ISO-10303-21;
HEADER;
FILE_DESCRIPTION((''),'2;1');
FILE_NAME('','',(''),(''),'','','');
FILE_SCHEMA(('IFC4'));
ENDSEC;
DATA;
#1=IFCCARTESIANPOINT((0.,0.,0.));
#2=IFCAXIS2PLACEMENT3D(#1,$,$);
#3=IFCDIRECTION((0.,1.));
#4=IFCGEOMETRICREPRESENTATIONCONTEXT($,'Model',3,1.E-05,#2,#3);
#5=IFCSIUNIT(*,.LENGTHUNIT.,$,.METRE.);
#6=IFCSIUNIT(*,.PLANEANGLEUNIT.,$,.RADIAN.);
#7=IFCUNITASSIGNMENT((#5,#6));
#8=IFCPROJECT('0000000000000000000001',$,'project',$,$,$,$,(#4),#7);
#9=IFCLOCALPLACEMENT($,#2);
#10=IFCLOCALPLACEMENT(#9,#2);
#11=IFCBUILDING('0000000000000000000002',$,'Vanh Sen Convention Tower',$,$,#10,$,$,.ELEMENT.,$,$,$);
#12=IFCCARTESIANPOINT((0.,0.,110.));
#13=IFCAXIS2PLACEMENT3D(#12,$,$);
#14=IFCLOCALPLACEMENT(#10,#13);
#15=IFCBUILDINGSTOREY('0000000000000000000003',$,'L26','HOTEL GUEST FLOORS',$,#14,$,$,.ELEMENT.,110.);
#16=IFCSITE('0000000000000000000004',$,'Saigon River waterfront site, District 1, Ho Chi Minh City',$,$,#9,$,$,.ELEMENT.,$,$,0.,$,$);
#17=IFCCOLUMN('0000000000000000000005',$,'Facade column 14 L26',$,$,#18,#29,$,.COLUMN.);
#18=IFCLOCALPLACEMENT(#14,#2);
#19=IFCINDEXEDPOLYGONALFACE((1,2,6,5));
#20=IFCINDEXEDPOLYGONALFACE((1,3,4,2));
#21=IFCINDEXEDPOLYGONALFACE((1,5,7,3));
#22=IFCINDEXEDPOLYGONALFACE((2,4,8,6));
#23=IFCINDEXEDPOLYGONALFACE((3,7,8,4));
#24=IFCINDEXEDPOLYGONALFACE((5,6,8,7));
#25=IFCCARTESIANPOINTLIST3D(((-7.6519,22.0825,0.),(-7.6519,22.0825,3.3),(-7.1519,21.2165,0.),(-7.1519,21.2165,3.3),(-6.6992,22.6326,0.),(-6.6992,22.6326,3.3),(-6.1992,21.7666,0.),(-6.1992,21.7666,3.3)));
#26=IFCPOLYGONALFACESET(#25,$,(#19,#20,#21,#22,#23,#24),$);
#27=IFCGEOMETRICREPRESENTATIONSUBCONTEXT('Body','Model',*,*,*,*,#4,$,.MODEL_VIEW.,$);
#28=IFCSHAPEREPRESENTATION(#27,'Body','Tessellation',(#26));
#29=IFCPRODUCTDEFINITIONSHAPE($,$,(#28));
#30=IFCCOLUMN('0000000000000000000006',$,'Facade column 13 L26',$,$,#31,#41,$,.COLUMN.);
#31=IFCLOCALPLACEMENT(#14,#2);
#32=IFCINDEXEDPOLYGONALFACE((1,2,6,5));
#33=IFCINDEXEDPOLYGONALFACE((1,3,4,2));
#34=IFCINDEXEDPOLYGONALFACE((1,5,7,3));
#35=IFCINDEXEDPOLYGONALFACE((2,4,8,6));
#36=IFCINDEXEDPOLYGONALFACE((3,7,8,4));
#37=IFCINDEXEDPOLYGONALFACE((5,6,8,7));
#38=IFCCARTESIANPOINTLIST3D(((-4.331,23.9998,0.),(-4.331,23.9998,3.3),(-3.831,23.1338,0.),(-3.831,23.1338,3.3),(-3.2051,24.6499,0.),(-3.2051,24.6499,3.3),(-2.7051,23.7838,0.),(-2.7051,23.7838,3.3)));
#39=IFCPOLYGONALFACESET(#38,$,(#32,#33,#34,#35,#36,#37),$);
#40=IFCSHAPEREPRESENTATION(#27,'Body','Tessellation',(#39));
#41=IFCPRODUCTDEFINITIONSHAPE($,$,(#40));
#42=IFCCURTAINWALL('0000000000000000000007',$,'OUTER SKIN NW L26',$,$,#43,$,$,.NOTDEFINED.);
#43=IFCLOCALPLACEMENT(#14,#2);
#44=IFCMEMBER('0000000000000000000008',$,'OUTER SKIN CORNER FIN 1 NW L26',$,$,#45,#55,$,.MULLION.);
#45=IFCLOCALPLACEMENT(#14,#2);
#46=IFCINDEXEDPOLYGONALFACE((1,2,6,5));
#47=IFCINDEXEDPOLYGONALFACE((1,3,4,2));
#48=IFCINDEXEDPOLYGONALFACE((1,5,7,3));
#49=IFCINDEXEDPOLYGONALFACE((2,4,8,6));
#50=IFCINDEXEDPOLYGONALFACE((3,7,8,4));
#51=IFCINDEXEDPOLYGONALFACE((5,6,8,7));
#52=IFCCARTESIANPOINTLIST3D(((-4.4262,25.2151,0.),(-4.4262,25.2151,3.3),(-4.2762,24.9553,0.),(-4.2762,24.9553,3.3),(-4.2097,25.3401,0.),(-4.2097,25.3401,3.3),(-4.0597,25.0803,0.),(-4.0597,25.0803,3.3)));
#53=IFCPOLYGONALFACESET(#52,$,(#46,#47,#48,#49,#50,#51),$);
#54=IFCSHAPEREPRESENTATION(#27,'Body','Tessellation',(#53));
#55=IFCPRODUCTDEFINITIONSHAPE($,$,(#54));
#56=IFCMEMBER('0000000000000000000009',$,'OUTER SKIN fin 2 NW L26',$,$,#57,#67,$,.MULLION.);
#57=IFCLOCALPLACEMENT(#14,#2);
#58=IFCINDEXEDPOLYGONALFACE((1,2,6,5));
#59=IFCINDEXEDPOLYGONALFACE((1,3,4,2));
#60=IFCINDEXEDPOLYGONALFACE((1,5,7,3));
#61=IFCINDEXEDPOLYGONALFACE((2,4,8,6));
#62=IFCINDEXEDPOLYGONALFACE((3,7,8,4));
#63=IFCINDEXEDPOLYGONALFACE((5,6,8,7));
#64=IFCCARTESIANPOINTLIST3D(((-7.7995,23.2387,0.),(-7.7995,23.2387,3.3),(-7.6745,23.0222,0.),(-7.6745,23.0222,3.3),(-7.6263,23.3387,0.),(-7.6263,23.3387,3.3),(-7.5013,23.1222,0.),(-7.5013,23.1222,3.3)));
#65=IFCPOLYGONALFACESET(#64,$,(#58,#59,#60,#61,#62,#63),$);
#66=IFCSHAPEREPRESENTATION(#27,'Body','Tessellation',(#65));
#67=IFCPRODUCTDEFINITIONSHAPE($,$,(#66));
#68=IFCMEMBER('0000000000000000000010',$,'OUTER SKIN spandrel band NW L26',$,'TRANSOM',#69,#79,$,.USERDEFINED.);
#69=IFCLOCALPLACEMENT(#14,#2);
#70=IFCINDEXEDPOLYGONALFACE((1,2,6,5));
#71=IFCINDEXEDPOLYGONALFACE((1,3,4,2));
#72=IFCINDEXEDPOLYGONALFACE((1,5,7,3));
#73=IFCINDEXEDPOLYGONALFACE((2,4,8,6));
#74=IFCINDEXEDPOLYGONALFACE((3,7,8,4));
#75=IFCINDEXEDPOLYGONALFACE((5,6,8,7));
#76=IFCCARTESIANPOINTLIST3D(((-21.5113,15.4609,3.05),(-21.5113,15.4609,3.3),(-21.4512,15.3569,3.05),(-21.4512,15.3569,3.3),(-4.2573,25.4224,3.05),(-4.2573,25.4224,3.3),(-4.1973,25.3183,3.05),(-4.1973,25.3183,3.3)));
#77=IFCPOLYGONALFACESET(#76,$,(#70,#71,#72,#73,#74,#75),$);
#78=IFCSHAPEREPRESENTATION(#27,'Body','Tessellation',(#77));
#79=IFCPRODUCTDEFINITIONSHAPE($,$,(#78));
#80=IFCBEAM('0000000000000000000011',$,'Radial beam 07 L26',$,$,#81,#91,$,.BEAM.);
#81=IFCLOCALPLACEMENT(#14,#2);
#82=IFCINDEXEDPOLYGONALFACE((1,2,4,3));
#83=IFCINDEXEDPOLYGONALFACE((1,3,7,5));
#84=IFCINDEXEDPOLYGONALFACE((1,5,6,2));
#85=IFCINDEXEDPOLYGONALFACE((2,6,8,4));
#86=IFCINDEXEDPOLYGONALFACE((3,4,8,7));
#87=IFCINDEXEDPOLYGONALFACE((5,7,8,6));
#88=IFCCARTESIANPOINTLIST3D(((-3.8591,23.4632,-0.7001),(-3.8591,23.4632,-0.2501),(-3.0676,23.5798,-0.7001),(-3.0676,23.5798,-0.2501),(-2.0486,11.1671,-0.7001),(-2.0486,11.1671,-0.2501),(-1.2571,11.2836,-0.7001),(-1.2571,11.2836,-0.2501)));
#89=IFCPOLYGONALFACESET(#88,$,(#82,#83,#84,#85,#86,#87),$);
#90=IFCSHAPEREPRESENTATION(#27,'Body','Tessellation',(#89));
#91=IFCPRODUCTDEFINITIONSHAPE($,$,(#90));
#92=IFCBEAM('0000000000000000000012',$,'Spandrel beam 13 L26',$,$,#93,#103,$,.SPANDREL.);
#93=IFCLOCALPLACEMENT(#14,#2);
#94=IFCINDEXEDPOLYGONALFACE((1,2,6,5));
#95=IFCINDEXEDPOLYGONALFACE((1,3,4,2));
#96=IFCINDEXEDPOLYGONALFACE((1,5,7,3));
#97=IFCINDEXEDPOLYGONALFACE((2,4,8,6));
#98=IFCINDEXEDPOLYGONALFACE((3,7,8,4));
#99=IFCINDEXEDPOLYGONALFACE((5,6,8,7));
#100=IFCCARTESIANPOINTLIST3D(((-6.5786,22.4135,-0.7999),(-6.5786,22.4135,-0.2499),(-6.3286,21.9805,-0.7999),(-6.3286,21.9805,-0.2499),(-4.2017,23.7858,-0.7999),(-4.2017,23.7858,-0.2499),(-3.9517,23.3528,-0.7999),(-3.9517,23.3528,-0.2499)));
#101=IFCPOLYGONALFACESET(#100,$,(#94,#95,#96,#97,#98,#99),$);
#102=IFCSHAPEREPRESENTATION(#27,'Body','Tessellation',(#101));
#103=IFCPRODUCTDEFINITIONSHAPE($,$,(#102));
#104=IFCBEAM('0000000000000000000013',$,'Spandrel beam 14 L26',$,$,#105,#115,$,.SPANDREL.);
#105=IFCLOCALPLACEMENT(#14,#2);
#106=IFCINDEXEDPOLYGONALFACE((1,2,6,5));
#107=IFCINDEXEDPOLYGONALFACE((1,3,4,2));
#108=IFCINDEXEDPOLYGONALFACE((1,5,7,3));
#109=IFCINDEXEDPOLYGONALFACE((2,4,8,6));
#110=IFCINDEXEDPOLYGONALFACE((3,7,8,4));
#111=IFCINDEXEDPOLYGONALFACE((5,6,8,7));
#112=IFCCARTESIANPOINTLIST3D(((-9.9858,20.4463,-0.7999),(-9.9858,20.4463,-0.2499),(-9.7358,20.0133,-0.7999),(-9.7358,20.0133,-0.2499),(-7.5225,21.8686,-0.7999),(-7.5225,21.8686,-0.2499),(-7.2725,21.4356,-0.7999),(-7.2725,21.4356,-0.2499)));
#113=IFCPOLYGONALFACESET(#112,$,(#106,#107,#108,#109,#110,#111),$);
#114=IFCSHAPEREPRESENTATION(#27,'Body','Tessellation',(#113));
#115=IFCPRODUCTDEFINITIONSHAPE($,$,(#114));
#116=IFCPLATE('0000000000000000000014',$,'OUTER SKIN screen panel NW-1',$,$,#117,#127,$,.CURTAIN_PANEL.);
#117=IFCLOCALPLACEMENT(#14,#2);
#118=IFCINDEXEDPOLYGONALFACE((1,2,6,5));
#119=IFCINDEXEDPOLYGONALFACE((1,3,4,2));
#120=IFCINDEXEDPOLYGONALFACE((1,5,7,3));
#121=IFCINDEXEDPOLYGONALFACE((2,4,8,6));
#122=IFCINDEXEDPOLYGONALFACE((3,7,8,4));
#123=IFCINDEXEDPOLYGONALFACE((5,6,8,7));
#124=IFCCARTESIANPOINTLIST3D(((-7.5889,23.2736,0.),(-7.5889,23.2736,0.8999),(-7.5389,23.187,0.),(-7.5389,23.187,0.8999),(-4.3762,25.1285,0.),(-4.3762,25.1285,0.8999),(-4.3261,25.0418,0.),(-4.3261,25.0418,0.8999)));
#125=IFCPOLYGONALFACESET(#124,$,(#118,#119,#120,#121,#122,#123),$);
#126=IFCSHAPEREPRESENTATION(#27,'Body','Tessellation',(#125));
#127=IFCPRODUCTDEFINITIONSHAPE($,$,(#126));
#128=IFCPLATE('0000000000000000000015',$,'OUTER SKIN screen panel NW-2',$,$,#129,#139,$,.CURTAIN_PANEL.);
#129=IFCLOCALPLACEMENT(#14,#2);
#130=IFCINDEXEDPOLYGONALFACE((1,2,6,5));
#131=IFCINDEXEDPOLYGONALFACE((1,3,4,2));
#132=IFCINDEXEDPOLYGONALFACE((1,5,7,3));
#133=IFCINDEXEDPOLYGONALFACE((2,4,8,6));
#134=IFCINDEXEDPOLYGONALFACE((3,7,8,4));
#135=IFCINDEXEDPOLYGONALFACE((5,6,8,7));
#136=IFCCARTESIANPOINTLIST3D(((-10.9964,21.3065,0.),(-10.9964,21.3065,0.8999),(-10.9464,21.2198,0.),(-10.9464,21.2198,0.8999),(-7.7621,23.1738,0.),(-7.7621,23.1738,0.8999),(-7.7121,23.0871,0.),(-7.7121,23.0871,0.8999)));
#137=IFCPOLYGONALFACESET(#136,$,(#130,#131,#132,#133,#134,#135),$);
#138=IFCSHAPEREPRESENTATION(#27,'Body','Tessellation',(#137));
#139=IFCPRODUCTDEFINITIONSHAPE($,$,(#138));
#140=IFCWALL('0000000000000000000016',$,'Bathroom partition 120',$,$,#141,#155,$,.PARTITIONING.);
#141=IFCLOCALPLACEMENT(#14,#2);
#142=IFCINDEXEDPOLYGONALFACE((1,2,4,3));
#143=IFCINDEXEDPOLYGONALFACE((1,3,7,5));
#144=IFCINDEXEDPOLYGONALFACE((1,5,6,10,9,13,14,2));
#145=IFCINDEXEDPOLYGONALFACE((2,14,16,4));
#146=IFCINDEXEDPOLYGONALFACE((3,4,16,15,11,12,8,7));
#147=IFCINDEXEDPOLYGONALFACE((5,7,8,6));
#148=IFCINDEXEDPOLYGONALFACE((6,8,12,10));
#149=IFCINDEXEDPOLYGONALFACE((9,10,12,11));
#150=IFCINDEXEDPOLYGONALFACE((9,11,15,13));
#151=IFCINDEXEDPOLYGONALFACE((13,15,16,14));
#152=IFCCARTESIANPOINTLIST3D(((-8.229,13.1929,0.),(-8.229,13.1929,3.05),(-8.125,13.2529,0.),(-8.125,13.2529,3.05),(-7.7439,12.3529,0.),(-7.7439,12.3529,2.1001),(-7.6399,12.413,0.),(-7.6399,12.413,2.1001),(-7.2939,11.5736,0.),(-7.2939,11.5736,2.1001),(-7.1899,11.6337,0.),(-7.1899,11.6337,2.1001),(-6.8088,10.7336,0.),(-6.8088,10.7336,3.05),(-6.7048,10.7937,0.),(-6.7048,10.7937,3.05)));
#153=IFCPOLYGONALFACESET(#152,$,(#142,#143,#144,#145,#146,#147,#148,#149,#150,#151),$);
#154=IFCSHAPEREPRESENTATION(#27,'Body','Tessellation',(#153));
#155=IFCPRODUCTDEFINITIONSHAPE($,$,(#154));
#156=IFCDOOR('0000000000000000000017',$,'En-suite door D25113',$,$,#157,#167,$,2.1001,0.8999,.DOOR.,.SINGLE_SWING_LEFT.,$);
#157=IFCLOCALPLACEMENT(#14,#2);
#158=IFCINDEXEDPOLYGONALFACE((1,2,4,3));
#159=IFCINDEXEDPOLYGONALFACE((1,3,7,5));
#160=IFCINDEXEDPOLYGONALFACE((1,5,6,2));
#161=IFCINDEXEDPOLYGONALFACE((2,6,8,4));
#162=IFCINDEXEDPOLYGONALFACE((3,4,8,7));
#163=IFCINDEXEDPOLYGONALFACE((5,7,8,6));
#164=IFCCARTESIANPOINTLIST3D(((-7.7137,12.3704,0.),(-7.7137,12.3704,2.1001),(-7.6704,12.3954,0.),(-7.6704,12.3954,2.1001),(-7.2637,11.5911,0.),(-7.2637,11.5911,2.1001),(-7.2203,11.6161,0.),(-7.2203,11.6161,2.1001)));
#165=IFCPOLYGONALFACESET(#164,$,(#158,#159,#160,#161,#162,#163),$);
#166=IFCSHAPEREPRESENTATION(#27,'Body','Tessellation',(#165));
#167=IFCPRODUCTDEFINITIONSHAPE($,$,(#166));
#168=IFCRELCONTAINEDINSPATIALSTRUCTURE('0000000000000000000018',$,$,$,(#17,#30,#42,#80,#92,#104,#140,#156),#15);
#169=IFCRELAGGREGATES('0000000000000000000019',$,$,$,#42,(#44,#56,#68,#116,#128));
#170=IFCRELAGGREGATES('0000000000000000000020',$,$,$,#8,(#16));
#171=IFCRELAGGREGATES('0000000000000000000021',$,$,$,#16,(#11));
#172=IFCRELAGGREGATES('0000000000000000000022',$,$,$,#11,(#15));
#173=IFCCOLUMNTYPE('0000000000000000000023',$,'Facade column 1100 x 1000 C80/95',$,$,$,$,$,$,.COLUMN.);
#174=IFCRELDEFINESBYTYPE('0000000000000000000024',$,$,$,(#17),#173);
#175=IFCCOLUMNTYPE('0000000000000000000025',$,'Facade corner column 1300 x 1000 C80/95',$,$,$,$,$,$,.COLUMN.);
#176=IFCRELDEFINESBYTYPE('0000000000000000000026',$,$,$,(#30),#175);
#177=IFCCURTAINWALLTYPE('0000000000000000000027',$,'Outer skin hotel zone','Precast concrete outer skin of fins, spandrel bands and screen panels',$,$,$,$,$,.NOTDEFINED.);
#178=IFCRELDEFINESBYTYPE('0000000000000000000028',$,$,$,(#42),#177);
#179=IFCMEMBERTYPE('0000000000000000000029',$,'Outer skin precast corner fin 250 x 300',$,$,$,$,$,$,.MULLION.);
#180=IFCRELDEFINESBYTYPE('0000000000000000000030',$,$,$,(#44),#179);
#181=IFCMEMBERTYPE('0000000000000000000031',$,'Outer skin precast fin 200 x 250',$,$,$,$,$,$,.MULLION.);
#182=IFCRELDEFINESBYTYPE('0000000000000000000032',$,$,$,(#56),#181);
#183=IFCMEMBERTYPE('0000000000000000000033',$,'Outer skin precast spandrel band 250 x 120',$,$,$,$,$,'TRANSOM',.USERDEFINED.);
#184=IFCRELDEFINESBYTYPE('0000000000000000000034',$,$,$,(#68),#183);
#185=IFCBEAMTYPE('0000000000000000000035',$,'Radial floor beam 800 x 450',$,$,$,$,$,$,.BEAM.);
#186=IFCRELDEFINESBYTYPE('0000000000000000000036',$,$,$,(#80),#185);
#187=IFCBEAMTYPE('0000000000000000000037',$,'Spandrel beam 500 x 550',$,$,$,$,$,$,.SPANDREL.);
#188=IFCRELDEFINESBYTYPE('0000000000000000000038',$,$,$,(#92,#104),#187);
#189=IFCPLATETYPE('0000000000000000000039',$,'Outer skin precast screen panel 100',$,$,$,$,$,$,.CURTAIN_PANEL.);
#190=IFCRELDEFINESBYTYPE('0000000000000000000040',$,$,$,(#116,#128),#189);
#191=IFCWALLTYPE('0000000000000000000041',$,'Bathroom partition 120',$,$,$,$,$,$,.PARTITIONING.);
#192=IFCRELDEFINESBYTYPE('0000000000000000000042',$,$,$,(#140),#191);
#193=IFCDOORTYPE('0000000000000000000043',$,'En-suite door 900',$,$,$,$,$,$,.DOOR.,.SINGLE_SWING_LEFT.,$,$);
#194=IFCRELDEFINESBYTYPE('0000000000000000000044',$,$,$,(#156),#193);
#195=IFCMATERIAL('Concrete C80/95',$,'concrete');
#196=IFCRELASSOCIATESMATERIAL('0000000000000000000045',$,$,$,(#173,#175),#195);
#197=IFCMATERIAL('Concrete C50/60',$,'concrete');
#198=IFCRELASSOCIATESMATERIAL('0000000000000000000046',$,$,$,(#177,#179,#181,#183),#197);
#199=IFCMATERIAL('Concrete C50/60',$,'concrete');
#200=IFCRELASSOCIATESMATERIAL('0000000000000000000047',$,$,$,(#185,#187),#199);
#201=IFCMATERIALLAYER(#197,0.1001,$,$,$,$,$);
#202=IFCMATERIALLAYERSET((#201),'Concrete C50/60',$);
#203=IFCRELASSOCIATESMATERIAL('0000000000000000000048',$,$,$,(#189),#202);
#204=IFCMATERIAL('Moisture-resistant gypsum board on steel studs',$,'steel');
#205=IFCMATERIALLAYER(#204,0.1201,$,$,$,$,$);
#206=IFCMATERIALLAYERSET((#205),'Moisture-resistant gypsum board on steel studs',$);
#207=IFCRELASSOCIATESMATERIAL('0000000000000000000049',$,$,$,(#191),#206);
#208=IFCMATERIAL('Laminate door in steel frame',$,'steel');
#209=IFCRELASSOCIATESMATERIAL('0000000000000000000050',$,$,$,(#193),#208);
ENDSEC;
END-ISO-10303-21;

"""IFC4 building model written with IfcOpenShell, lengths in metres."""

from ifc_helpers import new_model, si_unit, direction, frame, frame_2d, origin, origin_2d, place, context, subcontext, project, spatial, rectangle, extrude, material, layer, layer_set, material_profile, profile_set, type_object, element, fill, aggregate, save


model = new_model("IFC4")

# Units and contexts
model_context = context("Model", 3, precision=1e-05, world=origin(), true_north=direction((0.0, 1.0)))
body_context = subcontext(model_context, "Body", "Model", "MODEL_VIEW")
ifc_project = project(units=[si_unit("LENGTHUNIT", "METRE"), si_unit("PLANEANGLEUNIT", "RADIAN")], contexts=[model_context])

# Site, building, storey
site_placement = place(None, origin())
site = spatial("IfcSite", under=ifc_project, at=site_placement, Name="Saigon River waterfront site, District 1, Ho Chi Minh City", CompositionType="ELEMENT", RefElevation=0.0)
building_placement = place(site_placement, origin())
building = spatial("IfcBuilding", under=site, at=building_placement, Name="Vanh Sen Convention Tower", CompositionType="ELEMENT")
storey_placement = place(building_placement, frame((0.0, 0.0, 110.0)))
storey = spatial("IfcBuildingStorey", under=building, at=storey_placement, Name="L26", Description="HOTEL GUEST FLOORS", CompositionType="ELEMENT", Elevation=110.0)

# Columns
ifc_material_1 = material(Name="Concrete C80/95", Category="concrete")
ifc_material_profile_1 = material_profile(ifc_material_1, rectangle(XDim=1.1001, YDim=1.0, at=origin_2d()), Name="RC 1100X1000")
ifc_profile_set_1 = profile_set([ifc_material_profile_1], Name="Concrete C80/95")
column_type_1 = type_object("IfcColumnType", Name="Facade column 1100 x 1000 C80/95", PredefinedType="COLUMN", material=ifc_profile_set_1)
column_1_placement = place(storey_placement, frame((-6.9255, 21.9246, 0.0), z_axis=(0.0, 0.0, 1.0), x_axis=(-0.866025, -0.5, 0.0)))
element("IfcColumn", 1, at=column_1_placement, inside=storey, type_object=column_type_1, Name="Facade column 14 L26", PredefinedType="COLUMN", context=body_context, shape_type="SweptSolid", body=[
    extrude(rectangle(XDim=1.1001, YDim=1.0, at=origin_2d()), origin(), (0.0, 0.0, 1.0), 3.3),
])
ifc_material_profile_2 = material_profile(ifc_material_1, rectangle(XDim=1.3, YDim=1.0, at=origin_2d()), Name="RC 1300X1000")
ifc_profile_set_2 = profile_set([ifc_material_profile_2], Name="Concrete C80/95")
column_type_2 = type_object("IfcColumnType", Name="Facade corner column 1300 x 1000 C80/95", PredefinedType="COLUMN", material=ifc_profile_set_2)
column_2_placement = place(storey_placement, frame((-3.5181, 23.8918, 0.0), z_axis=(0.0, 0.0, 1.0), x_axis=(-0.866025, -0.5, 0.0)))
element("IfcColumn", 2, at=column_2_placement, inside=storey, type_object=column_type_2, Name="Facade column 13 L26", PredefinedType="COLUMN", context=body_context, shape_type="SweptSolid", body=[
    extrude(rectangle(XDim=1.3, YDim=1.0, at=origin_2d()), origin(), (0.0, 0.0, 1.0), 3.3),
])

# Curtain wall, members
ifc_material_2 = material(Name="Concrete C50/60", Category="concrete")
curtain_wall_type = type_object("IfcCurtainWallType", Name="Outer skin hotel zone", Description="Precast concrete outer skin of fins, spandrel bands and screen panels", PredefinedType="NOTDEFINED", material=ifc_material_2)
curtain_wall_placement = place(storey_placement, origin())
curtain_wall = element("IfcCurtainWall", 3, at=curtain_wall_placement, inside=storey, type_object=curtain_wall_type, Name="OUTER SKIN NW L26", PredefinedType="NOTDEFINED")
ifc_material_profile_3 = material_profile(ifc_material_2, rectangle(XDim=0.25, YDim=0.3, at=origin_2d()), Name="Outer skin precast corner fin 250 x 300")
ifc_profile_set_3 = profile_set([ifc_material_profile_3], Name="Concrete C50/60")
member_type_1 = type_object("IfcMemberType", Name="Outer skin precast corner fin 250 x 300", PredefinedType="MULLION", material=ifc_profile_set_3)
member_1_placement = place(storey_placement, frame((-4.2429, 25.1477, 0.0), z_axis=(0.0, 0.0, 1.0), x_axis=(-0.866025, -0.5, 0.0)))
member_1 = element("IfcMember", 4, at=member_1_placement, type_object=member_type_1, Name="OUTER SKIN CORNER FIN 1 NW L26", PredefinedType="MULLION", context=body_context, shape_type="SweptSolid", body=[
    extrude(rectangle(XDim=0.25, YDim=0.3, at=origin_2d()), origin(), (0.0, 0.0, 1.0), 3.3),
])
ifc_material_profile_4 = material_profile(ifc_material_2, rectangle(XDim=0.2, YDim=0.25, at=origin_2d()), Name="Outer skin precast fin 200 x 250")
ifc_profile_set_4 = profile_set([ifc_material_profile_4], Name="Concrete C50/60")
member_type_2 = type_object("IfcMemberType", Name="Outer skin precast fin 200 x 250", PredefinedType="MULLION", material=ifc_profile_set_4)
member_2_placement = place(storey_placement, frame((-7.6504, 23.1804, 0.0), z_axis=(0.0, 0.0, 1.0), x_axis=(-0.866025, -0.5, 0.0)))
member_2 = element("IfcMember", 5, at=member_2_placement, type_object=member_type_2, Name="OUTER SKIN fin 2 NW L26", PredefinedType="MULLION", context=body_context, shape_type="SweptSolid", body=[
    extrude(rectangle(XDim=0.2, YDim=0.25, at=origin_2d()), origin(), (0.0, 0.0, 1.0), 3.3),
])
ifc_material_profile_5 = material_profile(ifc_material_2, rectangle(XDim=0.1201, YDim=0.25, at=origin_2d()), Name="Outer skin precast spandrel band 250 x 120")
ifc_profile_set_5 = profile_set([ifc_material_profile_5], Name="Concrete C50/60")
member_type_3 = type_object("IfcMemberType", Name="Outer skin precast spandrel band 250 x 120", ElementType="TRANSOM", PredefinedType="USERDEFINED", material=ifc_profile_set_5)
member_3_placement = place(storey_placement, frame((-4.2273, 25.3704, 3.175), z_axis=(-0.866028, -0.499995, 0.0), x_axis=(0.499995, -0.866028, 0.0)))
member_3 = element("IfcMember", 6, at=member_3_placement, type_object=member_type_3, Name="OUTER SKIN spandrel band NW L26", ObjectType="TRANSOM", PredefinedType="USERDEFINED", context=body_context, shape_type="SweptSolid", body=[
    extrude(rectangle(XDim=0.1201, YDim=0.25, at=origin_2d()), origin(), (0.0, 0.0, 1.0), 19.9231),
])

# Beams
ifc_material_3 = material(Name="Concrete C50/60", Category="concrete")
ifc_material_profile_6 = material_profile(ifc_material_3, rectangle(XDim=0.8, YDim=0.45, at=origin_2d()), Name="RC 800X450")
ifc_profile_set_6 = profile_set([ifc_material_profile_6], Name="Concrete C50/60")
beam_type_1 = type_object("IfcBeamType", Name="Radial floor beam 800 x 450", PredefinedType="BEAM", material=ifc_profile_set_6)
beam_1_placement = place(storey_placement, frame((-3.4634, 23.5215, -0.4751), z_axis=(0.145674, -0.989333, 0.0), x_axis=(0.989333, 0.145674, 0.0)))
element("IfcBeam", 7, at=beam_1_placement, inside=storey, type_object=beam_type_1, Name="Radial beam 07 L26", PredefinedType="BEAM", context=body_context, shape_type="SweptSolid", body=[
    extrude(rectangle(XDim=0.8, YDim=0.45, at=origin_2d()), origin(), (0.0, 0.0, 1.0), 12.4287),
])
ifc_material_profile_7 = material_profile(ifc_material_3, rectangle(XDim=0.5, YDim=0.55, at=origin_2d()), Name="RC 500X550")
ifc_profile_set_7 = profile_set([ifc_material_profile_7], Name="Concrete C50/60")
beam_type_2 = type_object("IfcBeamType", Name="Spandrel beam 500 x 550", PredefinedType="SPANDREL", material=ifc_profile_set_7)
beam_2_placement = place(storey_placement, frame((-4.0767, 23.5693, -0.5249), z_axis=(-0.866029, -0.499995, 0.0), x_axis=(0.499995, -0.866029, 0.0)))
element("IfcBeam", 8, at=beam_2_placement, inside=storey, type_object=beam_type_2, Name="Spandrel beam 13 L26", PredefinedType="SPANDREL", context=body_context, shape_type="SweptSolid", body=[
    extrude(rectangle(XDim=0.5, YDim=0.55, at=origin_2d()), origin(), (0.0, 0.0, 1.0), 2.7446),
])
beam_3_placement = place(storey_placement, frame((-7.3975, 21.6521, -0.5249), z_axis=(-0.866005, -0.500034, 0.0), x_axis=(0.500034, -0.866005, 0.0)))
element("IfcBeam", 9, at=beam_3_placement, inside=storey, type_object=beam_type_2, Name="Spandrel beam 14 L26", PredefinedType="SPANDREL", context=body_context, shape_type="SweptSolid", body=[
    extrude(rectangle(XDim=0.5, YDim=0.55, at=origin_2d()), origin(), (0.0, 0.0, 1.0), 2.8445),
])

# Plates
ifc_layer_1 = layer(ifc_material_2, 0.1001)
ifc_layer_set_1 = layer_set([ifc_layer_1], Name="Concrete C50/60")
plate_type = type_object("IfcPlateType", Name="Outer skin precast screen panel 100", PredefinedType="CURTAIN_PANEL", material=ifc_layer_set_1)
plate_1_placement = place(storey_placement, frame((-5.9575, 24.1577, 0.0), z_axis=(0.0, 0.0, 1.0), x_axis=(-0.866028, -0.499995, 0.0)))
plate_1 = element("IfcPlate", 10, at=plate_1_placement, type_object=plate_type, Name="OUTER SKIN screen panel NW-1", PredefinedType="CURTAIN_PANEL", context=body_context, shape_type="SweptSolid", body=[
    extrude(rectangle(XDim=3.7097, YDim=0.1001, at=origin_2d()), origin(), (0.0, 0.0, 1.0), 0.8999),
])
plate_2_placement = place(storey_placement, frame((-9.3542, 22.1968, 0.0), z_axis=(0.0, 0.0, 1.0), x_axis=(-0.866021, -0.500008, 0.0)))
plate_2 = element("IfcPlate", 11, at=plate_2_placement, type_object=plate_type, Name="OUTER SKIN screen panel NW-2", PredefinedType="CURTAIN_PANEL", context=body_context, shape_type="SweptSolid", body=[
    extrude(rectangle(XDim=3.7346, YDim=0.1001, at=origin_2d()), origin(), (0.0, 0.0, 1.0), 0.8999),
])
aggregate(curtain_wall, [member_1, member_2, member_3, plate_1, plate_2])

# Wall, opening, door
ifc_material_4 = material(Name="Moisture-resistant gypsum board on steel studs", Category="steel")
ifc_layer_2 = layer(ifc_material_4, 0.1201)
ifc_layer_set_2 = layer_set([ifc_layer_2], Name="Moisture-resistant gypsum board on steel studs")
wall_type_1 = type_object("IfcWallType", Name="Bathroom partition 120", PredefinedType="PARTITIONING", material=ifc_layer_set_2)
wall_1_placement = place(storey_placement, frame((-8.177, 13.2229, 0.0), z_axis=(0.0, 0.0, 1.0), x_axis=(0.500087, -0.865975, 0.0)))
wall_1 = element("IfcWall", 12, at=wall_1_placement, inside=storey, type_object=wall_type_1, Name="Bathroom partition 120", PredefinedType="PARTITIONING", context=body_context, shape_type="SweptSolid", body=[
    extrude(rectangle(XDim=2.8398, YDim=0.1201, at=frame_2d((1.4199, 0.0))), origin(), (0.0, 0.0, 1.0), 3.05),
])
opening_1_placement = place(wall_1_placement, frame((0.97, 0.0, 0.0)))
opening_1 = element("IfcOpeningElement", 13, at=opening_1_placement, cuts=wall_1, PredefinedType="OPENING", context=body_context, shape_type="SweptSolid", body=[
    extrude(rectangle(XDim=0.8999, YDim=2.1001, at=frame_2d((0.45, 1.05))), frame((0.0, 0.0701, 0.0), z_axis=(0.0, -1.0, 0.0), x_axis=(1.0, 0.0, 0.0)), (0.0, 0.0, 1.0), 0.1401),
])
ifc_material_5 = material(Name="Laminate door in steel frame", Category="steel")
door_type = type_object("IfcDoorType", Name="En-suite door 900", OperationType="SINGLE_SWING_LEFT", PredefinedType="DOOR", material=ifc_material_5)
door_1_placement = place(opening_1_placement, origin())
door_1 = element("IfcDoor", 14, at=door_1_placement, inside=storey, type_object=door_type, Name="En-suite door D25113", OperationType="SINGLE_SWING_LEFT", OverallHeight=2.1001, OverallWidth=0.8999, PredefinedType="DOOR", context=body_context, shape_type="SweptSolid", body=[
    extrude(rectangle(XDim=0.8999, YDim=2.1001, at=frame_2d((0.45, 1.05))), frame((0.0, 0.0249, 0.0), z_axis=(0.0, -1.0, 0.0), x_axis=(1.0, 0.0, 0.0)), (0.0, 0.0, 1.0), 0.05),
])
fill(opening_1, door_1)

save(model, "model.ifc")
